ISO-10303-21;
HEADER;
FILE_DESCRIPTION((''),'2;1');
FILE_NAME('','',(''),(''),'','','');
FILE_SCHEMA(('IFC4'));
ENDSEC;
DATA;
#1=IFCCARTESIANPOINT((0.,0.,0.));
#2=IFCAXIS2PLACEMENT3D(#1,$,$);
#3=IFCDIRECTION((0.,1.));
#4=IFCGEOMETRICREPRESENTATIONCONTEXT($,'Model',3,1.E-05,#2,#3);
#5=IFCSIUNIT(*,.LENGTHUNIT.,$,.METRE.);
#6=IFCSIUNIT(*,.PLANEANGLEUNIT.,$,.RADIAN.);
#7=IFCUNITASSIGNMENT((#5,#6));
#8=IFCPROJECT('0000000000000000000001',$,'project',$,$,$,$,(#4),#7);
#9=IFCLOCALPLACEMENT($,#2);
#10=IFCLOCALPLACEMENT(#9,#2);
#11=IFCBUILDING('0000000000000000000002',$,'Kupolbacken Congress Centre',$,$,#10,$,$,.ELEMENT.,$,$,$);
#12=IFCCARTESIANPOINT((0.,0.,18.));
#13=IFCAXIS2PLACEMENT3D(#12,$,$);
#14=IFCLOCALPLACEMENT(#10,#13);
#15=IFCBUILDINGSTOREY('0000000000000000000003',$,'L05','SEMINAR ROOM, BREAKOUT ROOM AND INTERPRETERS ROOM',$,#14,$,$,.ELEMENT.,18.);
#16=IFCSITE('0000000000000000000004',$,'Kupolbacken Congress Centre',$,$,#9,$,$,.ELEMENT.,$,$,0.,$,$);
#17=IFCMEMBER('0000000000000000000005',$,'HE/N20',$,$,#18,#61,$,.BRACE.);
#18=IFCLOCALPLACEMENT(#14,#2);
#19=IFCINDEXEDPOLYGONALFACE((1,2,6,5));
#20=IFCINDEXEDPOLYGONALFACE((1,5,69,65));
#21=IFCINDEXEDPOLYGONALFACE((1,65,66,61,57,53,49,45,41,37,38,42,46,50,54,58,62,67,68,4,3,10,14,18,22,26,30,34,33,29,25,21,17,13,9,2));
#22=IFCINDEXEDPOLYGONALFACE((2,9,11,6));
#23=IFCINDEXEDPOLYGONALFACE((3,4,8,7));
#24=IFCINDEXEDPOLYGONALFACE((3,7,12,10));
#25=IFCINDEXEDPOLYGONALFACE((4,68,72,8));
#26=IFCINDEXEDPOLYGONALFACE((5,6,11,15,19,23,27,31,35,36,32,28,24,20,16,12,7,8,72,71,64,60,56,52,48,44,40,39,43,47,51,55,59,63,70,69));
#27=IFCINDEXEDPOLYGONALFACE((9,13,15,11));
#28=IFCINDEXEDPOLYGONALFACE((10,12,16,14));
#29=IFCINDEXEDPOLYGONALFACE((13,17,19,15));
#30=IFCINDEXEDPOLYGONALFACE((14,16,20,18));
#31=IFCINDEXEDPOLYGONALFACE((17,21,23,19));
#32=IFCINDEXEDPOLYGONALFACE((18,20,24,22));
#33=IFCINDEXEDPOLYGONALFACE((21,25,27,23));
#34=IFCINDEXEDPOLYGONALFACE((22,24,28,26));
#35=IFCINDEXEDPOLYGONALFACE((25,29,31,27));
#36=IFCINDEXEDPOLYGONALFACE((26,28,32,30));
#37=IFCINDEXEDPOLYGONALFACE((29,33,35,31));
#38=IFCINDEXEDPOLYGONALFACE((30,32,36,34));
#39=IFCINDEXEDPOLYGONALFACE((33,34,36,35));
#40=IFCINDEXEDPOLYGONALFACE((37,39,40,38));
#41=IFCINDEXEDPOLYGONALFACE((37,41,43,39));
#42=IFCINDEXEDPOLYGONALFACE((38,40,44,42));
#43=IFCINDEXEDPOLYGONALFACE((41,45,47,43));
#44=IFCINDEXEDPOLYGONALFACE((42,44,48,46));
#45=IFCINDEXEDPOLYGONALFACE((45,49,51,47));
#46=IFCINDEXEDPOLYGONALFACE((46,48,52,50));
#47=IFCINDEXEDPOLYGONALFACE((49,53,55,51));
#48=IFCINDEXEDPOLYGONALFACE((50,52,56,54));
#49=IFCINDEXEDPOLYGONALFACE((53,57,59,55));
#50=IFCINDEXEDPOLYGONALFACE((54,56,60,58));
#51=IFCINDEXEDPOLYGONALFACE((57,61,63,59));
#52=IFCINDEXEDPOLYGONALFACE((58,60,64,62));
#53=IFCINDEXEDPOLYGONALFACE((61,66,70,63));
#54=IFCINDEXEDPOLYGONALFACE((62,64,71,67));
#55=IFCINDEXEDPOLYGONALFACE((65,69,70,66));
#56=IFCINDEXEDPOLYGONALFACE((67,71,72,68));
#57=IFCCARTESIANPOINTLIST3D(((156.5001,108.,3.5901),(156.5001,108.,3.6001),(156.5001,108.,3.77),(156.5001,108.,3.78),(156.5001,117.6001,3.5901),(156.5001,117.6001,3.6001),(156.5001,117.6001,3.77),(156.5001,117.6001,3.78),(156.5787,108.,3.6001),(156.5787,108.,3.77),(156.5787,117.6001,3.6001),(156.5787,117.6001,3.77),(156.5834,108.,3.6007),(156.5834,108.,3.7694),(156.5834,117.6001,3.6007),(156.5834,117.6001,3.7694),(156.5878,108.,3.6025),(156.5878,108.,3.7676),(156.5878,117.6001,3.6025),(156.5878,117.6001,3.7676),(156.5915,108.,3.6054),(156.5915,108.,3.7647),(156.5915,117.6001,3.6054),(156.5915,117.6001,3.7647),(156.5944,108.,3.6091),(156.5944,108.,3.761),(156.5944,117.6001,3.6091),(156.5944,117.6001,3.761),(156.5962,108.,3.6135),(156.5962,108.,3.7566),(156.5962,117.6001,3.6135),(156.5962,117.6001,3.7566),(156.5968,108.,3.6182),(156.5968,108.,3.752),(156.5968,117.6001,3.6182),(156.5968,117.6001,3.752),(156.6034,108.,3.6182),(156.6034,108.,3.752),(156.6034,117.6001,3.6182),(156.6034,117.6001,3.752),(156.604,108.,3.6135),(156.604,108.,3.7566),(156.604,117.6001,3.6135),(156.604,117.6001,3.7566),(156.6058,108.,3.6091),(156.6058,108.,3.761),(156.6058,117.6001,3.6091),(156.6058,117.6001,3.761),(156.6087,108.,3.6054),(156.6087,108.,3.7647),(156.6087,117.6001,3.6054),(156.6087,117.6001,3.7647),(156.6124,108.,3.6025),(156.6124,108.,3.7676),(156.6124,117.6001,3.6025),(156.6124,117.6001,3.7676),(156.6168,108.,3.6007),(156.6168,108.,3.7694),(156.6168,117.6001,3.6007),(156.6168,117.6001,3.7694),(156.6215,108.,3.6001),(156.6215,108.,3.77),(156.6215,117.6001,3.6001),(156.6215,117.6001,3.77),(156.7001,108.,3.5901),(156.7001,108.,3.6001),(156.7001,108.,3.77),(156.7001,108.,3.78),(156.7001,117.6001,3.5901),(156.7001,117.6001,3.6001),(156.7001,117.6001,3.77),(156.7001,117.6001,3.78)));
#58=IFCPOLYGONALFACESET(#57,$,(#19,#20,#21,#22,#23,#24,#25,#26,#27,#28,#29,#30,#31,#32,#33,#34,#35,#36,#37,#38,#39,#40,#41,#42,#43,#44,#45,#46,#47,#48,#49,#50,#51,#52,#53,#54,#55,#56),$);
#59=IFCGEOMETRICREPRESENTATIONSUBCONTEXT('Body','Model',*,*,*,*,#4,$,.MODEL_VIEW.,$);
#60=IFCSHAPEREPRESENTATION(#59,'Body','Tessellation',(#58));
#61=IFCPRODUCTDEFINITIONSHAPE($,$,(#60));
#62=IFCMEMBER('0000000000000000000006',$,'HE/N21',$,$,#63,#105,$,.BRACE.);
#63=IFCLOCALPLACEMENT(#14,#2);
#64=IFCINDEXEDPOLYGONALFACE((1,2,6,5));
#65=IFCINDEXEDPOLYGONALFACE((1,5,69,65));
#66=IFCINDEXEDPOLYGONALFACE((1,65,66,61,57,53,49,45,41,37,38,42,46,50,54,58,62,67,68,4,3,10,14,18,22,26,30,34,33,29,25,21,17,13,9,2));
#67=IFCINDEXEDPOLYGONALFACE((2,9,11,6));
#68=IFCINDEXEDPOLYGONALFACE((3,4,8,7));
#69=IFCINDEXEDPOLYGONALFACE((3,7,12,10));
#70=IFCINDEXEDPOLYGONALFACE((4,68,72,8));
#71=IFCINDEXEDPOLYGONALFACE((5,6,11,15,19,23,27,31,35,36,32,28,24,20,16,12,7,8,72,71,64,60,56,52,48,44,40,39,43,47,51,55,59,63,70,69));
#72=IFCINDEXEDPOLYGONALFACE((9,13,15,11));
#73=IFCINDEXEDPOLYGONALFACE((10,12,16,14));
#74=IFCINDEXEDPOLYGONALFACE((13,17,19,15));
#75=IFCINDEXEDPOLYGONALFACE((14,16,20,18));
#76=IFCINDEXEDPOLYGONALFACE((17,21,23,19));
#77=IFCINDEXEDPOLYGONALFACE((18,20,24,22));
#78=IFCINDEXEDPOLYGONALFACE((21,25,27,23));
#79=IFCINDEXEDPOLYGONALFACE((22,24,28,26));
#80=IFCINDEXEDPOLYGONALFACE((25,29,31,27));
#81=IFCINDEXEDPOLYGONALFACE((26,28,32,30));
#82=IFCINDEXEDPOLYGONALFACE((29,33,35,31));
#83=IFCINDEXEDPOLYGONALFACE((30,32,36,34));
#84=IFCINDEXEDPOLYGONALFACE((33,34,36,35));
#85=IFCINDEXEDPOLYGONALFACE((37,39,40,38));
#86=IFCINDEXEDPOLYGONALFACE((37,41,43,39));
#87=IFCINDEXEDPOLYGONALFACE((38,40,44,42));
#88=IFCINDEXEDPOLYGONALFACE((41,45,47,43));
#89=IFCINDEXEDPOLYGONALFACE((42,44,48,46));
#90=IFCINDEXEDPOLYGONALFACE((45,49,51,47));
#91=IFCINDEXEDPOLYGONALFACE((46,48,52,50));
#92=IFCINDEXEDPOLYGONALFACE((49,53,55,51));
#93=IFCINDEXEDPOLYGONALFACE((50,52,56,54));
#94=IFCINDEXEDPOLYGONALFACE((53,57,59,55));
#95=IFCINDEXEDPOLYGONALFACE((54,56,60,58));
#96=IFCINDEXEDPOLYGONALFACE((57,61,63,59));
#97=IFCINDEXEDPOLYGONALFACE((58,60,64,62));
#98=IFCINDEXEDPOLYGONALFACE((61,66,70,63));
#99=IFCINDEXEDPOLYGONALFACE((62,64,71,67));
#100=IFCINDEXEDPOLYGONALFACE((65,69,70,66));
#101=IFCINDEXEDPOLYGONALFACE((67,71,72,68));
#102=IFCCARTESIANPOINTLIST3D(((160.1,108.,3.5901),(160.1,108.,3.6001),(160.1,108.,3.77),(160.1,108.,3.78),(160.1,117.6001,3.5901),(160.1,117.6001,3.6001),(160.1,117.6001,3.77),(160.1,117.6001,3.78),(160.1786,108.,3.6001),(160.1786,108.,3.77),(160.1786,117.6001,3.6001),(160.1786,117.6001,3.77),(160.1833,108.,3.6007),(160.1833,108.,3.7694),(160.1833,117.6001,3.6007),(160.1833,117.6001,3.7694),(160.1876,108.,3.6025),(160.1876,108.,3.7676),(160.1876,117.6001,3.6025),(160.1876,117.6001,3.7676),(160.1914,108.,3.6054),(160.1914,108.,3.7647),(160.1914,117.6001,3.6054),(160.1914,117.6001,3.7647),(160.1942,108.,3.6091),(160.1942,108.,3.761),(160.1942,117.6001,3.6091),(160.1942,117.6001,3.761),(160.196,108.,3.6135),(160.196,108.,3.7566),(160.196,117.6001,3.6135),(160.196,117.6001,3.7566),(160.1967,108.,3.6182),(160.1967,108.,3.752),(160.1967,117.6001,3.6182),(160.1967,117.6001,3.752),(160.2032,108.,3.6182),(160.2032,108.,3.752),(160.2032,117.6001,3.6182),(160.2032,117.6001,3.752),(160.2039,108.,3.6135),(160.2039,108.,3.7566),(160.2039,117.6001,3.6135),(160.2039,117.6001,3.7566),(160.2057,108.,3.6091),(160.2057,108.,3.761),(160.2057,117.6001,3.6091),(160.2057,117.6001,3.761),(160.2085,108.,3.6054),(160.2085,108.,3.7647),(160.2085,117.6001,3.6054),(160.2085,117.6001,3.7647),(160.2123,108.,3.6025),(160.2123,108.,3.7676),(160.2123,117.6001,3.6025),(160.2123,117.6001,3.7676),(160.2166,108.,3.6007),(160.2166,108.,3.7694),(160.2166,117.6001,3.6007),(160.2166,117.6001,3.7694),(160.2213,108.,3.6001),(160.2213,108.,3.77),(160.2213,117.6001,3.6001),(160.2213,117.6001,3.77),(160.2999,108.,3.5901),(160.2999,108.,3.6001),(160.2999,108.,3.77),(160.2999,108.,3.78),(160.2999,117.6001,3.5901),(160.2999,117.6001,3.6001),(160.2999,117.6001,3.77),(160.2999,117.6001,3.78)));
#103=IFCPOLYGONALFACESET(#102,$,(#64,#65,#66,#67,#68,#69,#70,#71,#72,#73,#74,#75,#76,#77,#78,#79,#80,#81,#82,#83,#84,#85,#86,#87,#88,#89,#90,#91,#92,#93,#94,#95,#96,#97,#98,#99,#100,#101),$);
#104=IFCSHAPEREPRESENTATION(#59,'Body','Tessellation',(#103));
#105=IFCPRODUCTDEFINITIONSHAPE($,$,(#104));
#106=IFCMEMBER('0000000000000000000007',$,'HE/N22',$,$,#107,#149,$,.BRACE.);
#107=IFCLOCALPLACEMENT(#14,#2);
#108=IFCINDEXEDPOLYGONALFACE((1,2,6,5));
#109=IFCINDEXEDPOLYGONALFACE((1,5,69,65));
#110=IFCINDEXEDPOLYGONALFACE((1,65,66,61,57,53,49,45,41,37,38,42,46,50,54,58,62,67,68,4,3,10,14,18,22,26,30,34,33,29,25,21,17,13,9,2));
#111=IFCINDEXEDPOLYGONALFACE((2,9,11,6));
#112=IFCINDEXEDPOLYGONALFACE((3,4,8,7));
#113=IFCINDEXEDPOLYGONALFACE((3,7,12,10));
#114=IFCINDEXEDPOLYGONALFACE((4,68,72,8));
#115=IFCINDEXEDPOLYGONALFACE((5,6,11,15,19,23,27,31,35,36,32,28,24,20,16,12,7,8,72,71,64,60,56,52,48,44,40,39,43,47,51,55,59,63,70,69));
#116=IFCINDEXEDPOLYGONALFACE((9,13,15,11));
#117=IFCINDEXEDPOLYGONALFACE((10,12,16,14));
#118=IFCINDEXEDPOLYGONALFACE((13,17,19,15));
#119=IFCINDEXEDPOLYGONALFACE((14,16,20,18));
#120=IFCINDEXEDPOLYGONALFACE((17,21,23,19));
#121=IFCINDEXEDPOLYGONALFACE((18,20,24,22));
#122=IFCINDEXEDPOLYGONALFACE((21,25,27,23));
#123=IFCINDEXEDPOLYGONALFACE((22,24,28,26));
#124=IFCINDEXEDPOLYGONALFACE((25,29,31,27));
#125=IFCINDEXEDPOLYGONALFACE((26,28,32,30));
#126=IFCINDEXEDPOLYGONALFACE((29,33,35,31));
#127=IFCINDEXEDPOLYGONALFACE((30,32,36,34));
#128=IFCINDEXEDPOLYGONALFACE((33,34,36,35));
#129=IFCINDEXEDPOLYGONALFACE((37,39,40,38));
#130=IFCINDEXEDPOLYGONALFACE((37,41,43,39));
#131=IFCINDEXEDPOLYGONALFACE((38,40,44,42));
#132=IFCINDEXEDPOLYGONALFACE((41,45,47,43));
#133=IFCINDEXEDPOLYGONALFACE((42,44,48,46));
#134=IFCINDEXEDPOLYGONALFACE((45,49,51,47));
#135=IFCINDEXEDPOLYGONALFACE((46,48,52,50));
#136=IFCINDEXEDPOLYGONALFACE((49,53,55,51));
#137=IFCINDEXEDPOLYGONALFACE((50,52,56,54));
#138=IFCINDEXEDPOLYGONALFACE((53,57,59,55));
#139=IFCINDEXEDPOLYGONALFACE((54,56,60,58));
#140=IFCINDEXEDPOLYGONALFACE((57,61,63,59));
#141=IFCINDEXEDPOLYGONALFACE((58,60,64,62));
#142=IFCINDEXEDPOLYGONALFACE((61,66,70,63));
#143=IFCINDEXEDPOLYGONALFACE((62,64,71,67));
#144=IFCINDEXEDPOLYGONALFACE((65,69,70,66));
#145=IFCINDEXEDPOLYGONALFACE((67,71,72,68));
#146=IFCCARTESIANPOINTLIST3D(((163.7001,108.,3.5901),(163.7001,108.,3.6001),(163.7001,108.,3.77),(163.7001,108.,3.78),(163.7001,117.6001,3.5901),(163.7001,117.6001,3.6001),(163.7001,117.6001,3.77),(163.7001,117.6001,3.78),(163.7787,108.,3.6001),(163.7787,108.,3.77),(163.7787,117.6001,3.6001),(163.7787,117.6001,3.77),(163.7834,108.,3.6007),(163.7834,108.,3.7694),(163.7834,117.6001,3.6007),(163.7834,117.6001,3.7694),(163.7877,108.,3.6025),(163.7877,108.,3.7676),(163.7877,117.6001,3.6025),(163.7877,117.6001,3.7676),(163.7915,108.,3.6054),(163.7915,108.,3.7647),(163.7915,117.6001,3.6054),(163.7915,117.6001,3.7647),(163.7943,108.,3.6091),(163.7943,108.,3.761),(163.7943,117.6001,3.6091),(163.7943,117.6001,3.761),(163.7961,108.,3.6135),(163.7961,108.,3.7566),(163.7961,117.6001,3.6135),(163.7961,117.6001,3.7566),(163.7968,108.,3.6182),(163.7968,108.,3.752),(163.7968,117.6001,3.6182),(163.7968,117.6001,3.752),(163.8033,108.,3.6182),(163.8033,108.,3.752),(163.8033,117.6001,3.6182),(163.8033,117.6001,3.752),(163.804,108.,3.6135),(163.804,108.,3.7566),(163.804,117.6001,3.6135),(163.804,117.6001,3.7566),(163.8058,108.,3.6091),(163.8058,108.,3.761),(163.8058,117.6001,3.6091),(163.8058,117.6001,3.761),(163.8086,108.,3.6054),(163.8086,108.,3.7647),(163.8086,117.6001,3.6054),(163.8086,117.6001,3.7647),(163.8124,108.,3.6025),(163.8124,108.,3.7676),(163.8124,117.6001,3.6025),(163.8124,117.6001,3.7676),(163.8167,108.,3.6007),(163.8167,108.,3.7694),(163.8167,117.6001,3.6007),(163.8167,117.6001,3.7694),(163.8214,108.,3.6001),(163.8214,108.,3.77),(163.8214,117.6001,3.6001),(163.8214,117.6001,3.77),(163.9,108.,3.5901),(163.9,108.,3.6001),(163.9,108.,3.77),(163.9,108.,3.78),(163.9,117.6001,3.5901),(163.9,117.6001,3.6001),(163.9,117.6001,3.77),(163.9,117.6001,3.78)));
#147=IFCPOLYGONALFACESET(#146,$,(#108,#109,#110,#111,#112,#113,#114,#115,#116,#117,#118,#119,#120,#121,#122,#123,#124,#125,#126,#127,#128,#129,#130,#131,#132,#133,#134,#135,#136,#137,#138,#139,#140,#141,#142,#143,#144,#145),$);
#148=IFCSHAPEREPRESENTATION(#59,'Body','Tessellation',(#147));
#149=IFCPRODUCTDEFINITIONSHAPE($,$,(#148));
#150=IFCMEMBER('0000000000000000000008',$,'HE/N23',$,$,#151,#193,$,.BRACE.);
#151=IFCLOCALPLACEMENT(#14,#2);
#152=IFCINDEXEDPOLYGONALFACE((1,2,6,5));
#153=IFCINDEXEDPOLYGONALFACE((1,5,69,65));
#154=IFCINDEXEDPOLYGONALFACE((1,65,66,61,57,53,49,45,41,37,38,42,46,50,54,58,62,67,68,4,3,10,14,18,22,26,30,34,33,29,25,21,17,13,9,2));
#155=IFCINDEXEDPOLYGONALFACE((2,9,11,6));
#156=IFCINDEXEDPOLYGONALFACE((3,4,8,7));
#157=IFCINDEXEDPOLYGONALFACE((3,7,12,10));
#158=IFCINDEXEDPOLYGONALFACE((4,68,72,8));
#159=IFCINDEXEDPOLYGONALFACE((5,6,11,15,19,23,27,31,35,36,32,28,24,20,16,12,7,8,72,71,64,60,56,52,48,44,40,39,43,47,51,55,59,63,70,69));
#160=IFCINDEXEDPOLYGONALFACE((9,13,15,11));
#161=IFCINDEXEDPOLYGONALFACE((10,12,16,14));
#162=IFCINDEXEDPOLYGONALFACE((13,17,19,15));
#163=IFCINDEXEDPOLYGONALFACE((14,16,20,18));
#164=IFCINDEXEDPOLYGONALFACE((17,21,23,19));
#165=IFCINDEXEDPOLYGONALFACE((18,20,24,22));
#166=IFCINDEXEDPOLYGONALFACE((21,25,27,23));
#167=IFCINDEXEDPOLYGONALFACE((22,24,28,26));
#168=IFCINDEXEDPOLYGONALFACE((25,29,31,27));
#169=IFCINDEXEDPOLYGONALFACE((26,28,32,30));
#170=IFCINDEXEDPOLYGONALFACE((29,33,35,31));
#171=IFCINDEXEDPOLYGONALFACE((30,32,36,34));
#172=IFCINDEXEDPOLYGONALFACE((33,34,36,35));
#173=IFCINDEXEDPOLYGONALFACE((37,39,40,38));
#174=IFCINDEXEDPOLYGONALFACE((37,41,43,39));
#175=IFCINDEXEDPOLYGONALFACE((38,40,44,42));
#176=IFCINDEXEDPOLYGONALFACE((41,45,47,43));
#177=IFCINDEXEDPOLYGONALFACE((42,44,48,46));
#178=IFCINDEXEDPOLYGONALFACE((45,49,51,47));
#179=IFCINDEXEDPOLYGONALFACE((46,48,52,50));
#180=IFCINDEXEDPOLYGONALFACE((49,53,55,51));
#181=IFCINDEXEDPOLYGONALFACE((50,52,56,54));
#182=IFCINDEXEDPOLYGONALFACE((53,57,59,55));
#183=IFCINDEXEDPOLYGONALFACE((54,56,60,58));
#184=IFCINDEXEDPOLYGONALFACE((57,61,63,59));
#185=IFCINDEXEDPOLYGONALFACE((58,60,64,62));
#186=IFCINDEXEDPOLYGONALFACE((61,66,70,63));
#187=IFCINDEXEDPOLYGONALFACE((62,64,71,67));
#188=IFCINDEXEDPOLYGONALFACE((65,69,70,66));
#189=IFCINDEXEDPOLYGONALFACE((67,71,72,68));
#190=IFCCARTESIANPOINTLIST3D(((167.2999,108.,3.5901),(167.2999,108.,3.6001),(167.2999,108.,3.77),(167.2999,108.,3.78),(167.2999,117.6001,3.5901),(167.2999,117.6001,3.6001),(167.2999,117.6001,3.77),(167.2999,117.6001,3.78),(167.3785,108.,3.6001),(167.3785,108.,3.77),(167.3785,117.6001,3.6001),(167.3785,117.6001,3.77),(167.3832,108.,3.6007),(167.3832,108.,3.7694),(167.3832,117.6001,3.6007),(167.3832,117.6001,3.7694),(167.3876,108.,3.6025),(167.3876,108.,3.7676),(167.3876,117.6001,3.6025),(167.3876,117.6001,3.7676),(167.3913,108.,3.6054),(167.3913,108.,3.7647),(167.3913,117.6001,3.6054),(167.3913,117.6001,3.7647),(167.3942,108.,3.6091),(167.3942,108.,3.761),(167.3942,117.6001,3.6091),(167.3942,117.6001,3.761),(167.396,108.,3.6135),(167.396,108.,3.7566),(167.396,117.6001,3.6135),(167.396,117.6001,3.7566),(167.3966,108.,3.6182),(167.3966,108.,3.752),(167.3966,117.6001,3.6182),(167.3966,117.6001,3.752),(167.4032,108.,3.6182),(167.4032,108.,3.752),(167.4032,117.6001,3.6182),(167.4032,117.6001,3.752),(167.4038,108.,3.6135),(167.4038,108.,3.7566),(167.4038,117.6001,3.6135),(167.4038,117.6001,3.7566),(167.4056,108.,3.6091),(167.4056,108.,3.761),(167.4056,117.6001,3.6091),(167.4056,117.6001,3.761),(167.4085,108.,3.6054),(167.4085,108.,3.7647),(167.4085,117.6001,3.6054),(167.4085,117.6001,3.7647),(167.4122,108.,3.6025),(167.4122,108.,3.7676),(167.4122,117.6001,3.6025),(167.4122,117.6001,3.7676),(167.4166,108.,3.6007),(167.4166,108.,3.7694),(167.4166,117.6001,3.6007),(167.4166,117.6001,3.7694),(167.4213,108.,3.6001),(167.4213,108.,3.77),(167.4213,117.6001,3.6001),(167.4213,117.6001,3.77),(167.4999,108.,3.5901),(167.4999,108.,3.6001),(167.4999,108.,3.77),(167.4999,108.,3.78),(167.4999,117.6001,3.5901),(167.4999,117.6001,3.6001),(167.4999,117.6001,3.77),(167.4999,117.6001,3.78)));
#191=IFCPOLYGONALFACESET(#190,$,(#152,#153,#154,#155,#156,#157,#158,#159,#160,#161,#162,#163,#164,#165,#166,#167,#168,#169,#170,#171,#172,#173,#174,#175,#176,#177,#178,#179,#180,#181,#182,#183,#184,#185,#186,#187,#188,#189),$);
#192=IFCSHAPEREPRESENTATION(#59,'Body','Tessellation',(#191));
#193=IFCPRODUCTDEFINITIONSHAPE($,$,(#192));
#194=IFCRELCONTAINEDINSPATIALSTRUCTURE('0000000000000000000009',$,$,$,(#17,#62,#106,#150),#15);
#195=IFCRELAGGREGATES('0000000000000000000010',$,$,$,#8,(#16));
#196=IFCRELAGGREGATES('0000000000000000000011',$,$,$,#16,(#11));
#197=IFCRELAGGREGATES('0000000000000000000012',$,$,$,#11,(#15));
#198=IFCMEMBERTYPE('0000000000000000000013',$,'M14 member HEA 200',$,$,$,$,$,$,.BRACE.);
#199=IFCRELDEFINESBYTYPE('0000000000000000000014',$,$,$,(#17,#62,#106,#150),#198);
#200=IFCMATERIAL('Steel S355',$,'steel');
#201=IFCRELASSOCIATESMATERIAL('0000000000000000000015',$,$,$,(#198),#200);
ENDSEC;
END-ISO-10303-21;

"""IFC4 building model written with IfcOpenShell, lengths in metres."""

from ifc_helpers import new_model, si_unit, direction, frame, origin, origin_2d, place, context, subcontext, project, spatial, i_section, extrude, material, material_profile, profile_set, type_object, element, save


model = new_model("IFC4")

# Units and contexts
model_context = context("Model", 3, precision=1e-05, world=origin(), true_north=direction((0.0, 1.0)))
body_context = subcontext(model_context, "Body", "Model", "MODEL_VIEW")
ifc_project = project(units=[si_unit("LENGTHUNIT", "METRE"), si_unit("PLANEANGLEUNIT", "RADIAN")], contexts=[model_context])

# Site, building, storey
site_placement = place(None, origin())
site = spatial("IfcSite", under=ifc_project, at=site_placement, Name="Kupolbacken Congress Centre", CompositionType="ELEMENT", RefElevation=0.0)
building_placement = place(site_placement, origin())
building = spatial("IfcBuilding", under=site, at=building_placement, Name="Kupolbacken Congress Centre", CompositionType="ELEMENT")
storey_placement = place(building_placement, frame((0.0, 0.0, 18.0)))
storey = spatial("IfcBuildingStorey", under=building, at=storey_placement, Name="L05", Description="SEMINAR ROOM, BREAKOUT ROOM AND INTERPRETERS ROOM", CompositionType="ELEMENT", Elevation=18.0)

# Members
ifc_material_1 = material(Name="Steel S355", Category="steel")
ifc_material_profile_1 = material_profile(ifc_material_1, i_section(OverallWidth=0.2, OverallDepth=0.1899, WebThickness=0.0066, FlangeThickness=0.01, FilletRadius=0.0181, at=origin_2d()), Name="HEA 200")
ifc_profile_set_1 = profile_set([ifc_material_profile_1], Name="Steel S355")
member_type_1 = type_object("IfcMemberType", Name="M14 member HEA 200", PredefinedType="BRACE", material=ifc_profile_set_1)
for number, where, z_axis, x_axis, name in (
    (1, (156.6001, 108.0, 3.6851), (0.0, 1.0, 0.0), (-1.0, 0.0, 0.0), "HE/N20"),
    (2, (160.2, 108.0, 3.6851), (0.0, 1.0, 0.0), (-1.0, 0.0, 0.0), "HE/N21"),
    (3, (163.8, 108.0, 3.6851), (0.0, 1.0, 0.0), (-1.0, 0.0, 0.0), "HE/N22"),
    (4, (167.3999, 108.0, 3.6851), (0.0, 1.0, 0.0), (-1.0, 0.0, 0.0), "HE/N23"),
):
    element("IfcMember", number, at=place(storey_placement, frame(where, z_axis=z_axis, x_axis=x_axis)), inside=storey, type_object=member_type_1, Name=name, PredefinedType="BRACE", context=body_context, shape_type="SweptSolid", body=[
        extrude(i_section(OverallWidth=0.2, OverallDepth=0.1899, WebThickness=0.0066, FlangeThickness=0.01, FilletRadius=0.0181, at=origin_2d()), origin(), (0.0, 0.0, 1.0), 9.6001),
    ])

save(model, "model.ifc")
